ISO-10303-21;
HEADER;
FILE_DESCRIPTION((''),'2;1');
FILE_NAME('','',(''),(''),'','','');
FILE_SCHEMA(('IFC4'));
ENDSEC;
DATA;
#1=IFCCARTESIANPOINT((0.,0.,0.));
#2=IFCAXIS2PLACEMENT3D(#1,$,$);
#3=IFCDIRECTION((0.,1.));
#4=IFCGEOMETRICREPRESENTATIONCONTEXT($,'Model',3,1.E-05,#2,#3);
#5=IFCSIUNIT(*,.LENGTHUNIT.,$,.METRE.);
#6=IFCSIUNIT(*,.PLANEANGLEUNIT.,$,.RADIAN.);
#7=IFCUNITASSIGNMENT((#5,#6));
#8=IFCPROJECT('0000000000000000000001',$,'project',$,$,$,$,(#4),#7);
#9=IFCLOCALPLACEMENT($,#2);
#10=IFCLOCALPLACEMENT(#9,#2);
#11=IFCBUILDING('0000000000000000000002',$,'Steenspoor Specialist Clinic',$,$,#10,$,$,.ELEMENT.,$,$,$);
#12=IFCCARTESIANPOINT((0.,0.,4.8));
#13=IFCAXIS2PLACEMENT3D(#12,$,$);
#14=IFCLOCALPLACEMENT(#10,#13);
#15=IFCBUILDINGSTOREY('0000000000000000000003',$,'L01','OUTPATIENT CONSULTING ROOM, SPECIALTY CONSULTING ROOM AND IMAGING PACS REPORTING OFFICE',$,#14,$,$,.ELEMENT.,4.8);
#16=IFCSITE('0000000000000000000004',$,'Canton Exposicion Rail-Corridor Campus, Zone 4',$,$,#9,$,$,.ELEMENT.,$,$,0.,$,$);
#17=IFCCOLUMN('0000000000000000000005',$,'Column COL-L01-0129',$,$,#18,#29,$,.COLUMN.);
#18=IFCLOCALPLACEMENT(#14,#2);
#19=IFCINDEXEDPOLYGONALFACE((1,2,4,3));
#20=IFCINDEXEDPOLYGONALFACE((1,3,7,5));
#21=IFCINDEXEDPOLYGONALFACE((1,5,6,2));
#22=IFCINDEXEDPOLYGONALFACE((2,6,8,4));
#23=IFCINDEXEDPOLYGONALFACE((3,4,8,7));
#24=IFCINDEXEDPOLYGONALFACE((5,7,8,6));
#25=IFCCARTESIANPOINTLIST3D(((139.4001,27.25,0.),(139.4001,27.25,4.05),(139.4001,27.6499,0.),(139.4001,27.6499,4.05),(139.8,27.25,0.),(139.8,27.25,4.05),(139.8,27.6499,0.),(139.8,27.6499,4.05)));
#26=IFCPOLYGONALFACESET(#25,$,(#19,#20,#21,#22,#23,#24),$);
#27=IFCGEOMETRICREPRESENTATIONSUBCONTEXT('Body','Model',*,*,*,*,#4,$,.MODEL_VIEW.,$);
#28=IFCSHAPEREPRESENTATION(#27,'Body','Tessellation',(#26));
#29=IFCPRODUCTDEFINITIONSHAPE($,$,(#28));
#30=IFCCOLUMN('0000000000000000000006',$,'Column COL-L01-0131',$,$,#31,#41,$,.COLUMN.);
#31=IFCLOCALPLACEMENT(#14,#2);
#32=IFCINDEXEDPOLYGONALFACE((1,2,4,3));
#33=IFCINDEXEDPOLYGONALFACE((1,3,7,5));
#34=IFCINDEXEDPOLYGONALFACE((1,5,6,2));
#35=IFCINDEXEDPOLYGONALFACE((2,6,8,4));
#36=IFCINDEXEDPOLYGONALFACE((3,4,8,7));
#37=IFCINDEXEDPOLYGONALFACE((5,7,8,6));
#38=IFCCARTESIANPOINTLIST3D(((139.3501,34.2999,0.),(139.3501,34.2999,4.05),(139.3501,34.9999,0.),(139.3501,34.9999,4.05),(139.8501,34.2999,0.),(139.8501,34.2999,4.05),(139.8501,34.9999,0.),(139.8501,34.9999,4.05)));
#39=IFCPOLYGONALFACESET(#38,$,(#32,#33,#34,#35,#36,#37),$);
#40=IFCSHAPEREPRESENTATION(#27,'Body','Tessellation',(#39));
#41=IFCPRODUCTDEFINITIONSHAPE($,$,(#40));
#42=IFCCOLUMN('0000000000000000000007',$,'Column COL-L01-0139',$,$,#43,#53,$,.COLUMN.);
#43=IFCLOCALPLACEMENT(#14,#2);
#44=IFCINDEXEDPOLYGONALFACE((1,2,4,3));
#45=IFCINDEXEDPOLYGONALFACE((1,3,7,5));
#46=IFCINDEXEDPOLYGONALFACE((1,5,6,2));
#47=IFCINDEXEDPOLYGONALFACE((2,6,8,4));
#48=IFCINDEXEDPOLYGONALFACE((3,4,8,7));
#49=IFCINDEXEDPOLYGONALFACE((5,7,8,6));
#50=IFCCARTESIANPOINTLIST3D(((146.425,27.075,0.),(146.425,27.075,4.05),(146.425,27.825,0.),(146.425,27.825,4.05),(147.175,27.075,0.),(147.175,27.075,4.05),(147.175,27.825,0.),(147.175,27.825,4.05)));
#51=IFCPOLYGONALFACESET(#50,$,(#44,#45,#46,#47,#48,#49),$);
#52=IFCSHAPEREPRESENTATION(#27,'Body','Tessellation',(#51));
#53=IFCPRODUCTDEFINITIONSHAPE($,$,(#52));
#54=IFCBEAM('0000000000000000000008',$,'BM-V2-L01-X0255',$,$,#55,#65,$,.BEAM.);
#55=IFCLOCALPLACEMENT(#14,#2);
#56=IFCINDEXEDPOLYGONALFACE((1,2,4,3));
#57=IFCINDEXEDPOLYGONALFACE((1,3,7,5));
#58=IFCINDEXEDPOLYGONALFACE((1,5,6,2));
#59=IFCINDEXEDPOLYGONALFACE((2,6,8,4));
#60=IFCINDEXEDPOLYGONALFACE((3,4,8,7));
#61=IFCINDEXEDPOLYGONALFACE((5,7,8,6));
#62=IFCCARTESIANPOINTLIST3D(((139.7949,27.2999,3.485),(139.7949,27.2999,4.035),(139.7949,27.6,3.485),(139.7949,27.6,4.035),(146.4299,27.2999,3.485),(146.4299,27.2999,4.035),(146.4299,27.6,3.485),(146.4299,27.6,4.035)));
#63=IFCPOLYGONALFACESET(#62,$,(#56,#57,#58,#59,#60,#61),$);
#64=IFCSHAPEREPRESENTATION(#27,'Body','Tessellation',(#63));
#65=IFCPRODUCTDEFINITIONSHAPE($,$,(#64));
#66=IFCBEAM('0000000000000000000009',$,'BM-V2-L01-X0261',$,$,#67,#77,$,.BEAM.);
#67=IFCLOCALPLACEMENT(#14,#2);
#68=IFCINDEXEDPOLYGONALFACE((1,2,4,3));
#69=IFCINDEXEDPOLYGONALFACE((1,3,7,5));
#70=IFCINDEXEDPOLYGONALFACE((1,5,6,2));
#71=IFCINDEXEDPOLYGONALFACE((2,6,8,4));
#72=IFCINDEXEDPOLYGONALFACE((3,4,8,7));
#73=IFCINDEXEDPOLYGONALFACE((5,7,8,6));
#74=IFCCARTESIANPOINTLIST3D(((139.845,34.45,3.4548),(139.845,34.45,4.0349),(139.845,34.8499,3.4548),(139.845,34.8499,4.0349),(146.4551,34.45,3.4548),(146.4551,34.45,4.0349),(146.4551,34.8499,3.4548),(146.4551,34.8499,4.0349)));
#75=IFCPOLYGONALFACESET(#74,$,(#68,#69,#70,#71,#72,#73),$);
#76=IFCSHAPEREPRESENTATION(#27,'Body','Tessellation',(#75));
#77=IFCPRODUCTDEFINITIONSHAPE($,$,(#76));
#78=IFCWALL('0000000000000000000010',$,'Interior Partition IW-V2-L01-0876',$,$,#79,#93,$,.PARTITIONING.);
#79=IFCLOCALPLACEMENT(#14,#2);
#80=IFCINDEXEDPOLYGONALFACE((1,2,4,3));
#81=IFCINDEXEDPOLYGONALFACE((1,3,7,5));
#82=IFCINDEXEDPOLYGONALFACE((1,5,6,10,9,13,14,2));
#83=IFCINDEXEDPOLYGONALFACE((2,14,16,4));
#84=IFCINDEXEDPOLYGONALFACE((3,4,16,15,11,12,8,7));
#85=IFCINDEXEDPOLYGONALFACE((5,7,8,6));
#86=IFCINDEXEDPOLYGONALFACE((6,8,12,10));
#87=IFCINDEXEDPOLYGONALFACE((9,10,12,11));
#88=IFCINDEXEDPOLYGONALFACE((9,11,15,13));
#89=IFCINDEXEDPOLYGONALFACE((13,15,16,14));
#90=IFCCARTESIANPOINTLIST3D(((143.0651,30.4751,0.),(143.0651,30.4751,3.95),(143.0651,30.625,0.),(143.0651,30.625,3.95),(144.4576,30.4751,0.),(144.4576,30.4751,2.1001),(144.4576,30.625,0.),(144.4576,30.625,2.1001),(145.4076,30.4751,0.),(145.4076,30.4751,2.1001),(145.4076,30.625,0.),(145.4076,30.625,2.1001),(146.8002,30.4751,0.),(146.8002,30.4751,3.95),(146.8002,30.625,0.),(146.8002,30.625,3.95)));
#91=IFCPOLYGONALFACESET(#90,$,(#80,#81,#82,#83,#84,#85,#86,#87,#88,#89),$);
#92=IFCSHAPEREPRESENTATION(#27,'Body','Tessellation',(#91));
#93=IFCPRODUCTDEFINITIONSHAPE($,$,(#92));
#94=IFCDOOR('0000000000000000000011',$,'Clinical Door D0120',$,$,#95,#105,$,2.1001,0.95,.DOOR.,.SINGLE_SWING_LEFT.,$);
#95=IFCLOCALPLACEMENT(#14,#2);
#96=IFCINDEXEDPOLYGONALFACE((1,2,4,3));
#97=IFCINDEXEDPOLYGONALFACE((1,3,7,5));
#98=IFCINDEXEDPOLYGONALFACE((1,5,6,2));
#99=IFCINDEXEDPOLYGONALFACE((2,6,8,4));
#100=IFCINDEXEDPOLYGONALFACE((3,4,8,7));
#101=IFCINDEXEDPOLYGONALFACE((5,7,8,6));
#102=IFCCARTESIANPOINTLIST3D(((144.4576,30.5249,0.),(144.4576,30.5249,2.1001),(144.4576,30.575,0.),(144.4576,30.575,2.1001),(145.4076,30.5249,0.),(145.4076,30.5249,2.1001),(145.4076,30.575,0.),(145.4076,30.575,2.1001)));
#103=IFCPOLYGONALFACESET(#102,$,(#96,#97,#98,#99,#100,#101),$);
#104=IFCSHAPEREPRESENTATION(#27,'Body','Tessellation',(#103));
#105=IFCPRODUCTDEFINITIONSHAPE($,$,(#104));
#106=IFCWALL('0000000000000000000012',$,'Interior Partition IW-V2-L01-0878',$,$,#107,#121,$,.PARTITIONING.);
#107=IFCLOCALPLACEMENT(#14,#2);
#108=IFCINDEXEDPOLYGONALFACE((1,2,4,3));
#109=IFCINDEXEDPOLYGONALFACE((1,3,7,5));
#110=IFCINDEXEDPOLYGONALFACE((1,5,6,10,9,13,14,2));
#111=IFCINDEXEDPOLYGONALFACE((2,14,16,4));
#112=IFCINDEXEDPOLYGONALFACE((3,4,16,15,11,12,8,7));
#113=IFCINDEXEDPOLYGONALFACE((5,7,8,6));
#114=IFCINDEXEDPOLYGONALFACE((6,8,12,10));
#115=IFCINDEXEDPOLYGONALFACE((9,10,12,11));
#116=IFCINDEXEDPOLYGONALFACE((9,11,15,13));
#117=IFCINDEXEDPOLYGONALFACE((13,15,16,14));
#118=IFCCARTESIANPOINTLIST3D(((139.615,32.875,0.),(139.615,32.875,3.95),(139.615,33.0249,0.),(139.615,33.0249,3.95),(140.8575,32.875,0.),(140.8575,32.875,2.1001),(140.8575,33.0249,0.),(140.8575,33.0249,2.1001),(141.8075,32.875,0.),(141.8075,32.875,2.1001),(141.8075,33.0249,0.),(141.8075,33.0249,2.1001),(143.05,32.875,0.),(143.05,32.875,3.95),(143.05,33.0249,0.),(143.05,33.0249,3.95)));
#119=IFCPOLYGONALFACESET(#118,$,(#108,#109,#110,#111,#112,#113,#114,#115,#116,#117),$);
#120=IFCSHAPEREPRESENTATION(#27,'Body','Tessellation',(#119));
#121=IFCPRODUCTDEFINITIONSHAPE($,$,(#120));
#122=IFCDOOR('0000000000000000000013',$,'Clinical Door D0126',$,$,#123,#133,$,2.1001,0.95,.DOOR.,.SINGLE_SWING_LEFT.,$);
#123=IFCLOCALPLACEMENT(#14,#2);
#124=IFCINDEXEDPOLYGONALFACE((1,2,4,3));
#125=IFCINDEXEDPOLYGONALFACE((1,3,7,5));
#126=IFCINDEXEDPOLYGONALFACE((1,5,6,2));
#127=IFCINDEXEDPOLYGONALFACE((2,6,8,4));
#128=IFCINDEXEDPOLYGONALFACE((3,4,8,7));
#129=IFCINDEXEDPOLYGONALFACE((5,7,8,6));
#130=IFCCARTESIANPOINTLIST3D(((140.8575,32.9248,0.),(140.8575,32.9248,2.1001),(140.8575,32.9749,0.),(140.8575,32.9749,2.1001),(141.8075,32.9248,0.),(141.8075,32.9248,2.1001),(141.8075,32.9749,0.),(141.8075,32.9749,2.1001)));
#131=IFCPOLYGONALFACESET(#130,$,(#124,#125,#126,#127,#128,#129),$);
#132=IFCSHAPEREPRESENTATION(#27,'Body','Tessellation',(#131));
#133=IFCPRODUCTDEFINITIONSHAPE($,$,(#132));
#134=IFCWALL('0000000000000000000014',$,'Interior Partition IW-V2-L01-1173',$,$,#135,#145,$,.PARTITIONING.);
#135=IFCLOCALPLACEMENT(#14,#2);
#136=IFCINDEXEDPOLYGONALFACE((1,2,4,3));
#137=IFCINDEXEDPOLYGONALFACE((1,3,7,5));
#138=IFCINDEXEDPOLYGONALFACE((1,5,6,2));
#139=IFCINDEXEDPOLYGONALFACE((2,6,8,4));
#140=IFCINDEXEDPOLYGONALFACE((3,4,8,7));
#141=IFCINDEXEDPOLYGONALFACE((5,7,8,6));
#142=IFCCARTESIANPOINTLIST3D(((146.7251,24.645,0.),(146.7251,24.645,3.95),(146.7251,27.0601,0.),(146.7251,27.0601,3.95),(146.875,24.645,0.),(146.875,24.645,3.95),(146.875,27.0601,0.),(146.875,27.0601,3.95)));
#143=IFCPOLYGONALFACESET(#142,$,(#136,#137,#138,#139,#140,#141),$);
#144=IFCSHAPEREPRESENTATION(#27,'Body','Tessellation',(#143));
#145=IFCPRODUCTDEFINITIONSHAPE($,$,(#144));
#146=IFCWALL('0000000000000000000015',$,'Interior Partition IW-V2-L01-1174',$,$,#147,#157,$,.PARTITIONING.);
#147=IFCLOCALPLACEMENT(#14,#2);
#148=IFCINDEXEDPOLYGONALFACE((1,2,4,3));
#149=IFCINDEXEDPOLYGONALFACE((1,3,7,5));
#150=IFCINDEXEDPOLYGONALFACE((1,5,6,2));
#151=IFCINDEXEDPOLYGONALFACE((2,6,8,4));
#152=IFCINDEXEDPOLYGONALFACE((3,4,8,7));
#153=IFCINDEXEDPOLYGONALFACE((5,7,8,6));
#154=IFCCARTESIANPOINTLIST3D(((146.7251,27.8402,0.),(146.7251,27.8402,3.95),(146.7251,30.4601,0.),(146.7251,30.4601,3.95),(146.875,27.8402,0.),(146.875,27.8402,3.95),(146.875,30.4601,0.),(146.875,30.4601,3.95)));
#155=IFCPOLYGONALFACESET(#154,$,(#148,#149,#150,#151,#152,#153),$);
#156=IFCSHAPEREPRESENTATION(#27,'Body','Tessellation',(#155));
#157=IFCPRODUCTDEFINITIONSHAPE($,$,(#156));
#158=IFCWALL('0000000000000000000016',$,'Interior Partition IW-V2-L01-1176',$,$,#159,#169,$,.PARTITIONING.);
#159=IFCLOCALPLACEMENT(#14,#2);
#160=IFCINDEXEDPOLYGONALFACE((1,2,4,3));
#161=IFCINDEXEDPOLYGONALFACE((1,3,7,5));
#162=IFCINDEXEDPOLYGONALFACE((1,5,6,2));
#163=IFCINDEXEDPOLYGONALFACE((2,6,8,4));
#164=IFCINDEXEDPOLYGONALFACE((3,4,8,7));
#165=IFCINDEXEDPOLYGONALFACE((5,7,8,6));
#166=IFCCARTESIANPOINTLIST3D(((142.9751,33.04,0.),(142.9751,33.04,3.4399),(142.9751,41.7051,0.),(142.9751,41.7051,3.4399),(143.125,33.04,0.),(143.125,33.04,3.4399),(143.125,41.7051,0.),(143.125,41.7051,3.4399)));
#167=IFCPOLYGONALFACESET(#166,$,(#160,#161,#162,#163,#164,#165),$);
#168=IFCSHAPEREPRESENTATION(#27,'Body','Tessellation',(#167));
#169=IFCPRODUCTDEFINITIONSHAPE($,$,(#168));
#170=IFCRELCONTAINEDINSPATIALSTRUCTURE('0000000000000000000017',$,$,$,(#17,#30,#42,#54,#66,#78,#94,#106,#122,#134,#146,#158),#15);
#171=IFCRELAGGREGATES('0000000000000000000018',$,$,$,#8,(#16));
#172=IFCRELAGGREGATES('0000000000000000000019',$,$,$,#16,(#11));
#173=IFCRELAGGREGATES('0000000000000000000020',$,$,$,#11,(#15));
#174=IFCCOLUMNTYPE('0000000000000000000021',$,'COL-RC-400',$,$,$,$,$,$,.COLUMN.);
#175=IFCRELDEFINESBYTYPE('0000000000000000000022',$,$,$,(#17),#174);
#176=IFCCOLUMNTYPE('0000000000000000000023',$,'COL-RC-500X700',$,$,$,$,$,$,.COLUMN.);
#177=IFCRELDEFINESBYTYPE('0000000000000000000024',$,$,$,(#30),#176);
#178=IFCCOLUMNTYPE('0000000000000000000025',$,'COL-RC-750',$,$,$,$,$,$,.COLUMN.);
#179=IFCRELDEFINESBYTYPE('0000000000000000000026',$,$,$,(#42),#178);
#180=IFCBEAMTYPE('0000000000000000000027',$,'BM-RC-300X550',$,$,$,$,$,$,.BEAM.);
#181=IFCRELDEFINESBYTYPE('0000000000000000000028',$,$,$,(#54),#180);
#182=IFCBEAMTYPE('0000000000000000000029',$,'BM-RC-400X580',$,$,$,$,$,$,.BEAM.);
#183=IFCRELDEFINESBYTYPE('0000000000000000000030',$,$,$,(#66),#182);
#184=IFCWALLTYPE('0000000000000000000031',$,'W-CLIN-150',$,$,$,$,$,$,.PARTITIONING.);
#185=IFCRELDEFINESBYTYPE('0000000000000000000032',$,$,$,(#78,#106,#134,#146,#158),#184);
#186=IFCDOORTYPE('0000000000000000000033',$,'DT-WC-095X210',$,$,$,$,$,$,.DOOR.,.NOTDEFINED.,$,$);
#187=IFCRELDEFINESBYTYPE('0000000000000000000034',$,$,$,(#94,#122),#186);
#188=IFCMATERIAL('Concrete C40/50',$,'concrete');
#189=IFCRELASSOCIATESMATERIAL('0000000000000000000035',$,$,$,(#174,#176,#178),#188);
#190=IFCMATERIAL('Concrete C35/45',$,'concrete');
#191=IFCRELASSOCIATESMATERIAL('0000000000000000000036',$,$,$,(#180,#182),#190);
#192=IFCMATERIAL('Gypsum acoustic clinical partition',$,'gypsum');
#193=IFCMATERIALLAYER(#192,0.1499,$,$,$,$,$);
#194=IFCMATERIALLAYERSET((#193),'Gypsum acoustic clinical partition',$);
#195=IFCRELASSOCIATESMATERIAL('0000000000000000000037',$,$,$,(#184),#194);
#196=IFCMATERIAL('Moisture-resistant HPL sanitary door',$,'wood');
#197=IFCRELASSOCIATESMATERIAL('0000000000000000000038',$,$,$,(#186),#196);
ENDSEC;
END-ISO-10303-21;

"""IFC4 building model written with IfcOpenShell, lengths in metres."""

from ifc_helpers import new_model, si_unit, direction, frame, frame_2d, origin, origin_2d, place, context, subcontext, project, spatial, rectangle, extrude, material, layer, layer_set, material_profile, profile_set, type_object, element, fill, save


model = new_model("IFC4")

# Units and contexts
model_context = context("Model", 3, precision=1e-05, world=origin(), true_north=direction((0.0, 1.0)))
body_context = subcontext(model_context, "Body", "Model", "MODEL_VIEW")
ifc_project = project(units=[si_unit("LENGTHUNIT", "METRE"), si_unit("PLANEANGLEUNIT", "RADIAN")], contexts=[model_context])

# Site, building, storey
site_placement = place(None, origin())
site = spatial("IfcSite", under=ifc_project, at=site_placement, Name="Canton Exposicion Rail-Corridor Campus, Zone 4", CompositionType="ELEMENT", RefElevation=0.0)
building_placement = place(site_placement, origin())
building = spatial("IfcBuilding", under=site, at=building_placement, Name="Steenspoor Specialist Clinic", CompositionType="ELEMENT")
storey_placement = place(building_placement, frame((0.0, 0.0, 4.8)))
storey = spatial("IfcBuildingStorey", under=building, at=storey_placement, Name="L01", Description="OUTPATIENT CONSULTING ROOM, SPECIALTY CONSULTING ROOM AND IMAGING PACS REPORTING OFFICE", CompositionType="ELEMENT", Elevation=4.8)

# Columns
ifc_material_1 = material(Name="Concrete C40/50", Category="concrete")
ifc_material_profile_1 = material_profile(ifc_material_1, rectangle(XDim=0.3999, YDim=0.3999, at=origin_2d()), Name="RC-COL-400X400")
ifc_profile_set_1 = profile_set([ifc_material_profile_1], Name="Concrete C40/50")
column_type_1 = type_object("IfcColumnType", Name="COL-RC-400", PredefinedType="COLUMN", material=ifc_profile_set_1)
column_1_placement = place(storey_placement, frame((139.6001, 27.45, 0.0), z_axis=(0.0, 0.0, 1.0), x_axis=(1.0, 0.0, 0.0)))
element("IfcColumn", 1, at=column_1_placement, inside=storey, type_object=column_type_1, Name="Column COL-L01-0129", PredefinedType="COLUMN", context=body_context, shape_type="SweptSolid", body=[
    extrude(rectangle(XDim=0.3999, YDim=0.3999, at=origin_2d()), origin(), (0.0, 0.0, 1.0), 4.05),
])
ifc_material_profile_2 = material_profile(ifc_material_1, rectangle(XDim=0.5, YDim=0.7, at=origin_2d()), Name="RC-COL-500X700")
ifc_profile_set_2 = profile_set([ifc_material_profile_2], Name="Concrete C40/50")
column_type_2 = type_object("IfcColumnType", Name="COL-RC-500X700", PredefinedType="COLUMN", material=ifc_profile_set_2)
column_2_placement = place(storey_placement, frame((139.6001, 34.6499, 0.0), z_axis=(0.0, 0.0, 1.0), x_axis=(1.0, 0.0, 0.0)))
element("IfcColumn", 2, at=column_2_placement, inside=storey, type_object=column_type_2, Name="Column COL-L01-0131", PredefinedType="COLUMN", context=body_context, shape_type="SweptSolid", body=[
    extrude(rectangle(XDim=0.5, YDim=0.7, at=origin_2d()), origin(), (0.0, 0.0, 1.0), 4.05),
])
ifc_material_profile_3 = material_profile(ifc_material_1, rectangle(XDim=0.75, YDim=0.75, at=origin_2d()), Name="RC-COL-750X750")
ifc_profile_set_3 = profile_set([ifc_material_profile_3], Name="Concrete C40/50")
column_type_3 = type_object("IfcColumnType", Name="COL-RC-750", PredefinedType="COLUMN", material=ifc_profile_set_3)
column_3_placement = place(storey_placement, frame((146.8, 27.45, 0.0), z_axis=(0.0, 0.0, 1.0), x_axis=(1.0, 0.0, 0.0)))
element("IfcColumn", 3, at=column_3_placement, inside=storey, type_object=column_type_3, Name="Column COL-L01-0139", PredefinedType="COLUMN", context=body_context, shape_type="SweptSolid", body=[
    extrude(rectangle(XDim=0.75, YDim=0.75, at=origin_2d()), origin(), (0.0, 0.0, 1.0), 4.05),
])

# Beams
ifc_material_2 = material(Name="Concrete C35/45", Category="concrete")
ifc_material_profile_4 = material_profile(ifc_material_2, rectangle(XDim=0.3, YDim=0.55, at=origin_2d()), Name="RC-BM-300X550")
ifc_profile_set_4 = profile_set([ifc_material_profile_4], Name="Concrete C35/45")
beam_type_1 = type_object("IfcBeamType", Name="BM-RC-300X550", PredefinedType="BEAM", material=ifc_profile_set_4)
beam_1_placement = place(storey_placement, frame((139.7949, 27.45, 3.76), z_axis=(1.0, 0.0, 0.0), x_axis=(0.0, 1.0, 0.0)))
element("IfcBeam", 4, at=beam_1_placement, inside=storey, type_object=beam_type_1, Name="BM-V2-L01-X0255", PredefinedType="BEAM", context=body_context, shape_type="SweptSolid", body=[
    extrude(rectangle(XDim=0.3, YDim=0.55, at=origin_2d()), origin(), (0.0, 0.0, 1.0), 6.635),
])
ifc_material_profile_5 = material_profile(ifc_material_2, rectangle(XDim=0.3999, YDim=0.5801, at=origin_2d()), Name="RC-BM-400X580")
ifc_profile_set_5 = profile_set([ifc_material_profile_5], Name="Concrete C35/45")
beam_type_2 = type_object("IfcBeamType", Name="BM-RC-400X580", PredefinedType="BEAM", material=ifc_profile_set_5)
beam_2_placement = place(storey_placement, frame((139.845, 34.6499, 3.7449), z_axis=(1.0, 0.0, 0.0), x_axis=(0.0, 1.0, 0.0)))
element("IfcBeam", 5, at=beam_2_placement, inside=storey, type_object=beam_type_2, Name="BM-V2-L01-X0261", PredefinedType="BEAM", context=body_context, shape_type="SweptSolid", body=[
    extrude(rectangle(XDim=0.3999, YDim=0.5801, at=origin_2d()), origin(), (0.0, 0.0, 1.0), 6.6101),
])

# Walls, openings, doors
ifc_material_3 = material(Name="Gypsum acoustic clinical partition", Category="gypsum")
ifc_layer_1 = layer(ifc_material_3, 0.1499)
ifc_layer_set_1 = layer_set([ifc_layer_1], Name="Gypsum acoustic clinical partition")
wall_type_1 = type_object("IfcWallType", Name="W-CLIN-150", PredefinedType="PARTITIONING", material=ifc_layer_set_1)
wall_1_placement = place(storey_placement, frame((143.0649, 30.55, 0.0), z_axis=(0.0, 0.0, 1.0), x_axis=(1.0, 0.0, 0.0)))
wall_1 = element("IfcWall", 6, at=wall_1_placement, inside=storey, type_object=wall_type_1, Name="Interior Partition IW-V2-L01-0876", PredefinedType="PARTITIONING", context=body_context, shape_type="SweptSolid", body=[
    extrude(rectangle(XDim=3.7351, YDim=0.1499, at=frame_2d((1.8677, 0.0))), origin(), (0.0, 0.0, 1.0), 3.95),
])
opening_1_placement = place(wall_1_placement, frame((1.3926, 0.0, 0.0)))
opening_1 = element("IfcOpeningElement", 7, at=opening_1_placement, cuts=wall_1, PredefinedType="OPENING", context=body_context, shape_type="SweptSolid", body=[
    extrude(rectangle(XDim=0.95, YDim=2.1001, at=frame_2d((0.4751, 1.05))), frame((0.0, 0.085, 0.0), z_axis=(0.0, -1.0, 0.0), x_axis=(1.0, 0.0, 0.0)), (0.0, 0.0, 1.0), 0.1699),
])
ifc_material_4 = material(Name="Moisture-resistant HPL sanitary door", Category="wood")
door_type_1 = type_object("IfcDoorType", Name="DT-WC-095X210", OperationType="NOTDEFINED", PredefinedType="DOOR", material=ifc_material_4)
door_1_placement = place(opening_1_placement, origin())
door_1 = element("IfcDoor", 8, at=door_1_placement, inside=storey, type_object=door_type_1, Name="Clinical Door D0120", OperationType="SINGLE_SWING_LEFT", OverallHeight=2.1001, OverallWidth=0.95, PredefinedType="DOOR", context=body_context, shape_type="SweptSolid", body=[
    extrude(rectangle(XDim=0.95, YDim=2.1001, at=frame_2d((0.4751, 1.05))), frame((0.0, 0.0249, 0.0), z_axis=(0.0, -1.0, 0.0), x_axis=(1.0, 0.0, 0.0)), (0.0, 0.0, 1.0), 0.05),
])
fill(opening_1, door_1)
wall_2_placement = place(storey_placement, frame((139.615, 32.95, 0.0), z_axis=(0.0, 0.0, 1.0), x_axis=(1.0, 0.0, 0.0)))
wall_2 = element("IfcWall", 9, at=wall_2_placement, inside=storey, type_object=wall_type_1, Name="Interior Partition IW-V2-L01-0878", PredefinedType="PARTITIONING", context=body_context, shape_type="SweptSolid", body=[
    extrude(rectangle(XDim=3.4351, YDim=0.1499, at=frame_2d((1.7175, 0.0))), origin(), (0.0, 0.0, 1.0), 3.95),
])
opening_2_placement = place(wall_2_placement, frame((1.2424, 0.0, 0.0)))
opening_2 = element("IfcOpeningElement", 10, at=opening_2_placement, cuts=wall_2, PredefinedType="OPENING", context=body_context, shape_type="SweptSolid", body=[
    extrude(rectangle(XDim=0.95, YDim=2.1001, at=frame_2d((0.4751, 1.05))), frame((0.0, 0.085, 0.0), z_axis=(0.0, -1.0, 0.0), x_axis=(1.0, 0.0, 0.0)), (0.0, 0.0, 1.0), 0.1699),
])
door_2_placement = place(opening_2_placement, origin())
door_2 = element("IfcDoor", 11, at=door_2_placement, inside=storey, type_object=door_type_1, Name="Clinical Door D0126", OperationType="SINGLE_SWING_LEFT", OverallHeight=2.1001, OverallWidth=0.95, PredefinedType="DOOR", context=body_context, shape_type="SweptSolid", body=[
    extrude(rectangle(XDim=0.95, YDim=2.1001, at=frame_2d((0.4751, 1.05))), frame((0.0, 0.0249, 0.0), z_axis=(0.0, -1.0, 0.0), x_axis=(1.0, 0.0, 0.0)), (0.0, 0.0, 1.0), 0.05),
])
fill(opening_2, door_2)

# Walls
wall_3_placement = place(storey_placement, frame((146.8, 24.645, 0.0), z_axis=(0.0, 0.0, 1.0), x_axis=(0.0, 1.0, 0.0)))
element("IfcWall", 12, at=wall_3_placement, inside=storey, type_object=wall_type_1, Name="Interior Partition IW-V2-L01-1173", PredefinedType="PARTITIONING", context=body_context, shape_type="SweptSolid", body=[
    extrude(rectangle(XDim=2.415, YDim=0.1499, at=frame_2d((1.2075, 0.0))), origin(), (0.0, 0.0, 1.0), 3.95),
])
wall_4_placement = place(storey_placement, frame((146.8, 27.8401, 0.0), z_axis=(0.0, 0.0, 1.0), x_axis=(0.0, 1.0, 0.0)))
element("IfcWall", 13, at=wall_4_placement, inside=storey, type_object=wall_type_1, Name="Interior Partition IW-V2-L01-1174", PredefinedType="PARTITIONING", context=body_context, shape_type="SweptSolid", body=[
    extrude(rectangle(XDim=2.6199, YDim=0.1499, at=frame_2d((1.3101, 0.0))), origin(), (0.0, 0.0, 1.0), 3.95),
])
wall_5_placement = place(storey_placement, frame((143.05, 33.04, 0.0), z_axis=(0.0, 0.0, 1.0), x_axis=(0.0, 1.0, 0.0)))
element("IfcWall", 14, at=wall_5_placement, inside=storey, type_object=wall_type_1, Name="Interior Partition IW-V2-L01-1176", PredefinedType="PARTITIONING", context=body_context, shape_type="SweptSolid", body=[
    extrude(rectangle(XDim=8.665, YDim=0.1499, at=frame_2d((4.3325, 0.0))), origin(), (0.0, 0.0, 1.0), 3.4399),
])

save(model, "model.ifc")
